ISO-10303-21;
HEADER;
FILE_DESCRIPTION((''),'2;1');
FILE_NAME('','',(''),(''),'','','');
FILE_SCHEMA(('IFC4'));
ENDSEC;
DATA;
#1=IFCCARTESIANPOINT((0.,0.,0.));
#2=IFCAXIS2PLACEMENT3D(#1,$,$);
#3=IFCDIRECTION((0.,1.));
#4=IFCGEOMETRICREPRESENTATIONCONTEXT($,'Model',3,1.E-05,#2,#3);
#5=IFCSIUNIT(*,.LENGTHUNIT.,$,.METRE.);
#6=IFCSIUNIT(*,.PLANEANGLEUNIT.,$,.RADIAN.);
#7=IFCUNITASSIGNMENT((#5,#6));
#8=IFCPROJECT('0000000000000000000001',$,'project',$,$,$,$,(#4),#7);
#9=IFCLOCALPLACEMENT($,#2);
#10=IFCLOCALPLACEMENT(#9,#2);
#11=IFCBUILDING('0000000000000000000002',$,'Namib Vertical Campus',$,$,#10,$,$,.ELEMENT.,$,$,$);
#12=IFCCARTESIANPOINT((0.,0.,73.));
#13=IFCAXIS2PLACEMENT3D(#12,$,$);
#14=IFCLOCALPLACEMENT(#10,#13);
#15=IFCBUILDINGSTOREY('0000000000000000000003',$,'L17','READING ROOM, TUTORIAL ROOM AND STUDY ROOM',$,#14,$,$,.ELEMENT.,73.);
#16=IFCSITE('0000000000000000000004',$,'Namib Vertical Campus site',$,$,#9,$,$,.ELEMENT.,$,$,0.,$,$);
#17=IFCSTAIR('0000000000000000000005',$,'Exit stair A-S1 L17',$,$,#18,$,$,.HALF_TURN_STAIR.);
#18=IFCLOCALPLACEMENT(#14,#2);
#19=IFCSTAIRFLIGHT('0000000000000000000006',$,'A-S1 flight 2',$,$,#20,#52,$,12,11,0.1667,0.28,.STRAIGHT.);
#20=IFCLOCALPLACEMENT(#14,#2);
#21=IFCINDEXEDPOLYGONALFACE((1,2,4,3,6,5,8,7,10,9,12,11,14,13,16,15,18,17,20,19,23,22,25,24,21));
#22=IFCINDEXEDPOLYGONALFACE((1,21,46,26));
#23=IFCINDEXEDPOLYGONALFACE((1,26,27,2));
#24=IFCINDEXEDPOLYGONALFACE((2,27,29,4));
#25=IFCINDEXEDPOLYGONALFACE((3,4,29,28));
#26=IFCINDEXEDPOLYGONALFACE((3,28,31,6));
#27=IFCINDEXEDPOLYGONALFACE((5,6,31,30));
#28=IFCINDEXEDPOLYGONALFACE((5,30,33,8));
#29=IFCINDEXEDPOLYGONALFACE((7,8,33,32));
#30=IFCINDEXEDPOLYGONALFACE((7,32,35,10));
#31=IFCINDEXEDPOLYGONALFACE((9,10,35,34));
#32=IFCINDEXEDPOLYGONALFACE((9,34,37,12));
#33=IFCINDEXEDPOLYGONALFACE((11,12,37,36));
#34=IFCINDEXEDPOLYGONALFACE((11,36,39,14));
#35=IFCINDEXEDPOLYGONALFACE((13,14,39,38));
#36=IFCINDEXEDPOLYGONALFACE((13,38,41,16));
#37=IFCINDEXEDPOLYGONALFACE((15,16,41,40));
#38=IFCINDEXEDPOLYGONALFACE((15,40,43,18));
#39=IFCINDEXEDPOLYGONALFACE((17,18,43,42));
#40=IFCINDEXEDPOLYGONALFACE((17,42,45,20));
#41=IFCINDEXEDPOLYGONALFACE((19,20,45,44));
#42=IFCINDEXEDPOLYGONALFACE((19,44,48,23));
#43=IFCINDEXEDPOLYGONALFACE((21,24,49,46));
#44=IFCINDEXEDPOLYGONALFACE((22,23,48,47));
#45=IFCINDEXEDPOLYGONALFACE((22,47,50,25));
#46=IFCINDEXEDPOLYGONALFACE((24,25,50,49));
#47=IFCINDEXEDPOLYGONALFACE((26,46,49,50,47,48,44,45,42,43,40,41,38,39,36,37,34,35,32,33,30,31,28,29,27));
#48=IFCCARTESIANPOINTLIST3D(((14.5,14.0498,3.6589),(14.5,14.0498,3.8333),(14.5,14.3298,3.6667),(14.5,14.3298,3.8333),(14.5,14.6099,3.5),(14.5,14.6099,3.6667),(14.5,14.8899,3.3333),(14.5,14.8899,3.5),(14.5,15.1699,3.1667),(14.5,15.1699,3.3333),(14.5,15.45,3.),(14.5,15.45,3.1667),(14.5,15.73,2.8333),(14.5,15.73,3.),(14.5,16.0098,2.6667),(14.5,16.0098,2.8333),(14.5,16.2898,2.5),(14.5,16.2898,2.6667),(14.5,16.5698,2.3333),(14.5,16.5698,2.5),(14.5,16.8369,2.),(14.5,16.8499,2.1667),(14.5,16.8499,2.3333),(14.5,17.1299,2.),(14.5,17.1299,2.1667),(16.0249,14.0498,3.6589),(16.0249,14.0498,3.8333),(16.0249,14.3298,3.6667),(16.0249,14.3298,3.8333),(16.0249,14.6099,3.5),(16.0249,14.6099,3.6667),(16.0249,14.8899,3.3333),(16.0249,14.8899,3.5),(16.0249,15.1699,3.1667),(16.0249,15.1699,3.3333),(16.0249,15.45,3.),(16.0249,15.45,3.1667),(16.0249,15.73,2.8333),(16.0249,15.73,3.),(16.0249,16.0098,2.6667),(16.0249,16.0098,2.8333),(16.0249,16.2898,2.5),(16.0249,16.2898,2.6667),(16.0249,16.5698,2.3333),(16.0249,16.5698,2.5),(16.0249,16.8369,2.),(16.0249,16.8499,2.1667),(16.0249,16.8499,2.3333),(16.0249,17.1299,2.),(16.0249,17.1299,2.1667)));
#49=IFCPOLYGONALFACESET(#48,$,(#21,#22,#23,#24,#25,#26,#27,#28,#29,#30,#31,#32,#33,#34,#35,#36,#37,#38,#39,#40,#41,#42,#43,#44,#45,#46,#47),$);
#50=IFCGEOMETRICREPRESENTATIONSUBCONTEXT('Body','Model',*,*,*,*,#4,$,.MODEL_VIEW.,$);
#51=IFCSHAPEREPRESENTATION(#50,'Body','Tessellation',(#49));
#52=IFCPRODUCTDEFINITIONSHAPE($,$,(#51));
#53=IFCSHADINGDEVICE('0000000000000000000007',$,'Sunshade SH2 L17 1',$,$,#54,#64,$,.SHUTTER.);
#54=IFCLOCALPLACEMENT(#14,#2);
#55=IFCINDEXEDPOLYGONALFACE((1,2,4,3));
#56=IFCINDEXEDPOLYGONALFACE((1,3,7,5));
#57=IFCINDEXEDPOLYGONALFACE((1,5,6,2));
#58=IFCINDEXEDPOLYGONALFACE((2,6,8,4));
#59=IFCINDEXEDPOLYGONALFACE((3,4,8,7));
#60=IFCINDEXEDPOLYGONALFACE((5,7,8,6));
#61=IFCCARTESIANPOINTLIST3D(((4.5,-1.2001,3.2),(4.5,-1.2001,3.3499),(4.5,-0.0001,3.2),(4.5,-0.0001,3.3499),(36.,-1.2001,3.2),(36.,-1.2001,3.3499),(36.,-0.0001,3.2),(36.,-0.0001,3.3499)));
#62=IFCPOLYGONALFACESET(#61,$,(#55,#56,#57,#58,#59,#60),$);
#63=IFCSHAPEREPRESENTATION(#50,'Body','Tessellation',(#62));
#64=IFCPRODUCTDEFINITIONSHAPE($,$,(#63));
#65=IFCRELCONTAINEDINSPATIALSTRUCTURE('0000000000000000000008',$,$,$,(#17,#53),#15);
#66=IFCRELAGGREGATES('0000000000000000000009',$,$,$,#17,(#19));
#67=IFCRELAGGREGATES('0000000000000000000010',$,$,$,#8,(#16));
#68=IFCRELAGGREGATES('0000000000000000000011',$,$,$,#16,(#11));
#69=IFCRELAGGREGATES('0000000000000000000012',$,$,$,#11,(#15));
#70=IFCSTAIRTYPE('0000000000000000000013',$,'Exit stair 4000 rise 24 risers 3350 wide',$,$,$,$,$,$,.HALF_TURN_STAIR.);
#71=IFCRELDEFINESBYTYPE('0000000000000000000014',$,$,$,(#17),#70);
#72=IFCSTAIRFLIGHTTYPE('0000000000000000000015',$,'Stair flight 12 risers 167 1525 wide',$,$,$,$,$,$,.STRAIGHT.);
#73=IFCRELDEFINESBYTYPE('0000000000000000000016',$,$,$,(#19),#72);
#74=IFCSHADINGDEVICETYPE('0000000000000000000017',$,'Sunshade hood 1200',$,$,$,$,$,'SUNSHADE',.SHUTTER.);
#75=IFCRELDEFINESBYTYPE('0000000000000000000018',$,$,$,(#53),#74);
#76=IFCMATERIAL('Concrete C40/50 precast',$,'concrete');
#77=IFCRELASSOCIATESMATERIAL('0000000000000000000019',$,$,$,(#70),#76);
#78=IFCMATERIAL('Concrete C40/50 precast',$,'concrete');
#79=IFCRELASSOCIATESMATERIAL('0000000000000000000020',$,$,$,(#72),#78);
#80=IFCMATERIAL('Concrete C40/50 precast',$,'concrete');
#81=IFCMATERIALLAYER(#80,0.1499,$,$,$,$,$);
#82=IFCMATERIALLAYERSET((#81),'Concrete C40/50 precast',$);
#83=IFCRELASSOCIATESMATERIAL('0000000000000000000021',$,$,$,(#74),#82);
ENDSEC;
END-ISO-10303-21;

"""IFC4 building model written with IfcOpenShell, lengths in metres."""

from ifc_helpers import new_model, si_unit, direction, frame, origin, origin_2d, place, context, subcontext, project, spatial, polyline, rectangle, outline, extrude, material, layer, layer_set, type_object, element, aggregate, save


model = new_model("IFC4")

# Units and contexts
model_context = context("Model", 3, precision=1e-05, world=origin(), true_north=direction((0.0, 1.0)))
body_context = subcontext(model_context, "Body", "Model", "MODEL_VIEW")
ifc_project = project(units=[si_unit("LENGTHUNIT", "METRE"), si_unit("PLANEANGLEUNIT", "RADIAN")], contexts=[model_context])

# Site, building, storey
site_placement = place(None, origin())
site = spatial("IfcSite", under=ifc_project, at=site_placement, Name="Namib Vertical Campus site", CompositionType="ELEMENT", RefElevation=0.0)
building_placement = place(site_placement, origin())
building = spatial("IfcBuilding", under=site, at=building_placement, Name="Namib Vertical Campus", CompositionType="ELEMENT")
storey_placement = place(building_placement, frame((0.0, 0.0, 73.0)))
storey = spatial("IfcBuildingStorey", under=building, at=storey_placement, Name="L17", Description="READING ROOM, TUTORIAL ROOM AND STUDY ROOM", CompositionType="ELEMENT", Elevation=73.0)

# Stair, stair flight
ifc_material_1 = material(Name="Concrete C40/50 precast", Category="concrete")
stair_type = type_object("IfcStairType", Name="Exit stair 4000 rise 24 risers 3350 wide", PredefinedType="HALF_TURN_STAIR", material=ifc_material_1)
stair_placement = place(storey_placement, origin())
stair = element("IfcStair", 1, at=stair_placement, inside=storey, type_object=stair_type, Name="Exit stair A-S1 L17", PredefinedType="HALF_TURN_STAIR")
ifc_material_2 = material(Name="Concrete C40/50 precast", Category="concrete")
stair_flight_type = type_object("IfcStairFlightType", Name="Stair flight 12 risers 167 1525 wide", PredefinedType="STRAIGHT", material=ifc_material_2)
stair_flight_1_placement = place(storey_placement, frame((15.2625, 17.1299, 2.0), z_axis=(0.0, 0.0, 1.0), x_axis=(0.0, -1.0, 0.0)))
stair_flight_1 = element("IfcStairFlight", 2, at=stair_flight_1_placement, type_object=stair_flight_type, Name="A-S1 flight 2", NumberOfRisers=12, NumberOfTreads=11, PredefinedType="STRAIGHT", RiserHeight=0.1667, TreadLength=0.28, context=body_context, shape_type="SweptSolid", body=[
    extrude(outline(polyline([(0.0, 0.0), (0.0, 0.1667), (0.28, 0.1667), (0.28, 0.3333), (0.5601, 0.3333), (0.5601, 0.5), (0.8401, 0.5), (0.8401, 0.6667), (1.1201, 0.6667), (1.1201, 0.8333), (1.3999, 0.8333), (1.3999, 1.0), (1.6799, 1.0), (1.6799, 1.1667), (1.96, 1.1667), (1.96, 1.3333), (2.24, 1.3333), (2.24, 1.5), (2.52, 1.5), (2.52, 1.6667), (2.8, 1.6667), (2.8, 1.8333), (3.0801, 1.8333), (3.0801, 2.0), (3.0801, 1.6589), (0.293, 0.0), (0.0, 0.0)])), frame((0.0, 0.7625, 0.0), z_axis=(0.0, -1.0, 0.0), x_axis=(1.0, 0.0, 0.0)), (0.0, 0.0, 1.0), 1.5249),
])
aggregate(stair, [stair_flight_1])

# Shading device
ifc_material_3 = material(Name="Concrete C40/50 precast", Category="concrete")
ifc_layer_1 = layer(ifc_material_3, 0.1499)
ifc_layer_set_1 = layer_set([ifc_layer_1], Name="Concrete C40/50 precast")
shading_device_type = type_object("IfcShadingDeviceType", Name="Sunshade hood 1200", ElementType="SUNSHADE", PredefinedType="SHUTTER", material=ifc_layer_set_1)
shading_device_placement = place(storey_placement, frame((20.25, -0.6001, 3.2), z_axis=(0.0, 0.0, 1.0), x_axis=(1.0, 0.0, 0.0)))
element("IfcShadingDevice", 3, at=shading_device_placement, inside=storey, type_object=shading_device_type, Name="Sunshade SH2 L17 1", PredefinedType="SHUTTER", context=body_context, shape_type="SweptSolid", body=[
    extrude(rectangle(XDim=31.5, YDim=1.2, at=origin_2d()), origin(), (0.0, 0.0, 1.0), 0.1499),
])

save(model, "model.ifc")
